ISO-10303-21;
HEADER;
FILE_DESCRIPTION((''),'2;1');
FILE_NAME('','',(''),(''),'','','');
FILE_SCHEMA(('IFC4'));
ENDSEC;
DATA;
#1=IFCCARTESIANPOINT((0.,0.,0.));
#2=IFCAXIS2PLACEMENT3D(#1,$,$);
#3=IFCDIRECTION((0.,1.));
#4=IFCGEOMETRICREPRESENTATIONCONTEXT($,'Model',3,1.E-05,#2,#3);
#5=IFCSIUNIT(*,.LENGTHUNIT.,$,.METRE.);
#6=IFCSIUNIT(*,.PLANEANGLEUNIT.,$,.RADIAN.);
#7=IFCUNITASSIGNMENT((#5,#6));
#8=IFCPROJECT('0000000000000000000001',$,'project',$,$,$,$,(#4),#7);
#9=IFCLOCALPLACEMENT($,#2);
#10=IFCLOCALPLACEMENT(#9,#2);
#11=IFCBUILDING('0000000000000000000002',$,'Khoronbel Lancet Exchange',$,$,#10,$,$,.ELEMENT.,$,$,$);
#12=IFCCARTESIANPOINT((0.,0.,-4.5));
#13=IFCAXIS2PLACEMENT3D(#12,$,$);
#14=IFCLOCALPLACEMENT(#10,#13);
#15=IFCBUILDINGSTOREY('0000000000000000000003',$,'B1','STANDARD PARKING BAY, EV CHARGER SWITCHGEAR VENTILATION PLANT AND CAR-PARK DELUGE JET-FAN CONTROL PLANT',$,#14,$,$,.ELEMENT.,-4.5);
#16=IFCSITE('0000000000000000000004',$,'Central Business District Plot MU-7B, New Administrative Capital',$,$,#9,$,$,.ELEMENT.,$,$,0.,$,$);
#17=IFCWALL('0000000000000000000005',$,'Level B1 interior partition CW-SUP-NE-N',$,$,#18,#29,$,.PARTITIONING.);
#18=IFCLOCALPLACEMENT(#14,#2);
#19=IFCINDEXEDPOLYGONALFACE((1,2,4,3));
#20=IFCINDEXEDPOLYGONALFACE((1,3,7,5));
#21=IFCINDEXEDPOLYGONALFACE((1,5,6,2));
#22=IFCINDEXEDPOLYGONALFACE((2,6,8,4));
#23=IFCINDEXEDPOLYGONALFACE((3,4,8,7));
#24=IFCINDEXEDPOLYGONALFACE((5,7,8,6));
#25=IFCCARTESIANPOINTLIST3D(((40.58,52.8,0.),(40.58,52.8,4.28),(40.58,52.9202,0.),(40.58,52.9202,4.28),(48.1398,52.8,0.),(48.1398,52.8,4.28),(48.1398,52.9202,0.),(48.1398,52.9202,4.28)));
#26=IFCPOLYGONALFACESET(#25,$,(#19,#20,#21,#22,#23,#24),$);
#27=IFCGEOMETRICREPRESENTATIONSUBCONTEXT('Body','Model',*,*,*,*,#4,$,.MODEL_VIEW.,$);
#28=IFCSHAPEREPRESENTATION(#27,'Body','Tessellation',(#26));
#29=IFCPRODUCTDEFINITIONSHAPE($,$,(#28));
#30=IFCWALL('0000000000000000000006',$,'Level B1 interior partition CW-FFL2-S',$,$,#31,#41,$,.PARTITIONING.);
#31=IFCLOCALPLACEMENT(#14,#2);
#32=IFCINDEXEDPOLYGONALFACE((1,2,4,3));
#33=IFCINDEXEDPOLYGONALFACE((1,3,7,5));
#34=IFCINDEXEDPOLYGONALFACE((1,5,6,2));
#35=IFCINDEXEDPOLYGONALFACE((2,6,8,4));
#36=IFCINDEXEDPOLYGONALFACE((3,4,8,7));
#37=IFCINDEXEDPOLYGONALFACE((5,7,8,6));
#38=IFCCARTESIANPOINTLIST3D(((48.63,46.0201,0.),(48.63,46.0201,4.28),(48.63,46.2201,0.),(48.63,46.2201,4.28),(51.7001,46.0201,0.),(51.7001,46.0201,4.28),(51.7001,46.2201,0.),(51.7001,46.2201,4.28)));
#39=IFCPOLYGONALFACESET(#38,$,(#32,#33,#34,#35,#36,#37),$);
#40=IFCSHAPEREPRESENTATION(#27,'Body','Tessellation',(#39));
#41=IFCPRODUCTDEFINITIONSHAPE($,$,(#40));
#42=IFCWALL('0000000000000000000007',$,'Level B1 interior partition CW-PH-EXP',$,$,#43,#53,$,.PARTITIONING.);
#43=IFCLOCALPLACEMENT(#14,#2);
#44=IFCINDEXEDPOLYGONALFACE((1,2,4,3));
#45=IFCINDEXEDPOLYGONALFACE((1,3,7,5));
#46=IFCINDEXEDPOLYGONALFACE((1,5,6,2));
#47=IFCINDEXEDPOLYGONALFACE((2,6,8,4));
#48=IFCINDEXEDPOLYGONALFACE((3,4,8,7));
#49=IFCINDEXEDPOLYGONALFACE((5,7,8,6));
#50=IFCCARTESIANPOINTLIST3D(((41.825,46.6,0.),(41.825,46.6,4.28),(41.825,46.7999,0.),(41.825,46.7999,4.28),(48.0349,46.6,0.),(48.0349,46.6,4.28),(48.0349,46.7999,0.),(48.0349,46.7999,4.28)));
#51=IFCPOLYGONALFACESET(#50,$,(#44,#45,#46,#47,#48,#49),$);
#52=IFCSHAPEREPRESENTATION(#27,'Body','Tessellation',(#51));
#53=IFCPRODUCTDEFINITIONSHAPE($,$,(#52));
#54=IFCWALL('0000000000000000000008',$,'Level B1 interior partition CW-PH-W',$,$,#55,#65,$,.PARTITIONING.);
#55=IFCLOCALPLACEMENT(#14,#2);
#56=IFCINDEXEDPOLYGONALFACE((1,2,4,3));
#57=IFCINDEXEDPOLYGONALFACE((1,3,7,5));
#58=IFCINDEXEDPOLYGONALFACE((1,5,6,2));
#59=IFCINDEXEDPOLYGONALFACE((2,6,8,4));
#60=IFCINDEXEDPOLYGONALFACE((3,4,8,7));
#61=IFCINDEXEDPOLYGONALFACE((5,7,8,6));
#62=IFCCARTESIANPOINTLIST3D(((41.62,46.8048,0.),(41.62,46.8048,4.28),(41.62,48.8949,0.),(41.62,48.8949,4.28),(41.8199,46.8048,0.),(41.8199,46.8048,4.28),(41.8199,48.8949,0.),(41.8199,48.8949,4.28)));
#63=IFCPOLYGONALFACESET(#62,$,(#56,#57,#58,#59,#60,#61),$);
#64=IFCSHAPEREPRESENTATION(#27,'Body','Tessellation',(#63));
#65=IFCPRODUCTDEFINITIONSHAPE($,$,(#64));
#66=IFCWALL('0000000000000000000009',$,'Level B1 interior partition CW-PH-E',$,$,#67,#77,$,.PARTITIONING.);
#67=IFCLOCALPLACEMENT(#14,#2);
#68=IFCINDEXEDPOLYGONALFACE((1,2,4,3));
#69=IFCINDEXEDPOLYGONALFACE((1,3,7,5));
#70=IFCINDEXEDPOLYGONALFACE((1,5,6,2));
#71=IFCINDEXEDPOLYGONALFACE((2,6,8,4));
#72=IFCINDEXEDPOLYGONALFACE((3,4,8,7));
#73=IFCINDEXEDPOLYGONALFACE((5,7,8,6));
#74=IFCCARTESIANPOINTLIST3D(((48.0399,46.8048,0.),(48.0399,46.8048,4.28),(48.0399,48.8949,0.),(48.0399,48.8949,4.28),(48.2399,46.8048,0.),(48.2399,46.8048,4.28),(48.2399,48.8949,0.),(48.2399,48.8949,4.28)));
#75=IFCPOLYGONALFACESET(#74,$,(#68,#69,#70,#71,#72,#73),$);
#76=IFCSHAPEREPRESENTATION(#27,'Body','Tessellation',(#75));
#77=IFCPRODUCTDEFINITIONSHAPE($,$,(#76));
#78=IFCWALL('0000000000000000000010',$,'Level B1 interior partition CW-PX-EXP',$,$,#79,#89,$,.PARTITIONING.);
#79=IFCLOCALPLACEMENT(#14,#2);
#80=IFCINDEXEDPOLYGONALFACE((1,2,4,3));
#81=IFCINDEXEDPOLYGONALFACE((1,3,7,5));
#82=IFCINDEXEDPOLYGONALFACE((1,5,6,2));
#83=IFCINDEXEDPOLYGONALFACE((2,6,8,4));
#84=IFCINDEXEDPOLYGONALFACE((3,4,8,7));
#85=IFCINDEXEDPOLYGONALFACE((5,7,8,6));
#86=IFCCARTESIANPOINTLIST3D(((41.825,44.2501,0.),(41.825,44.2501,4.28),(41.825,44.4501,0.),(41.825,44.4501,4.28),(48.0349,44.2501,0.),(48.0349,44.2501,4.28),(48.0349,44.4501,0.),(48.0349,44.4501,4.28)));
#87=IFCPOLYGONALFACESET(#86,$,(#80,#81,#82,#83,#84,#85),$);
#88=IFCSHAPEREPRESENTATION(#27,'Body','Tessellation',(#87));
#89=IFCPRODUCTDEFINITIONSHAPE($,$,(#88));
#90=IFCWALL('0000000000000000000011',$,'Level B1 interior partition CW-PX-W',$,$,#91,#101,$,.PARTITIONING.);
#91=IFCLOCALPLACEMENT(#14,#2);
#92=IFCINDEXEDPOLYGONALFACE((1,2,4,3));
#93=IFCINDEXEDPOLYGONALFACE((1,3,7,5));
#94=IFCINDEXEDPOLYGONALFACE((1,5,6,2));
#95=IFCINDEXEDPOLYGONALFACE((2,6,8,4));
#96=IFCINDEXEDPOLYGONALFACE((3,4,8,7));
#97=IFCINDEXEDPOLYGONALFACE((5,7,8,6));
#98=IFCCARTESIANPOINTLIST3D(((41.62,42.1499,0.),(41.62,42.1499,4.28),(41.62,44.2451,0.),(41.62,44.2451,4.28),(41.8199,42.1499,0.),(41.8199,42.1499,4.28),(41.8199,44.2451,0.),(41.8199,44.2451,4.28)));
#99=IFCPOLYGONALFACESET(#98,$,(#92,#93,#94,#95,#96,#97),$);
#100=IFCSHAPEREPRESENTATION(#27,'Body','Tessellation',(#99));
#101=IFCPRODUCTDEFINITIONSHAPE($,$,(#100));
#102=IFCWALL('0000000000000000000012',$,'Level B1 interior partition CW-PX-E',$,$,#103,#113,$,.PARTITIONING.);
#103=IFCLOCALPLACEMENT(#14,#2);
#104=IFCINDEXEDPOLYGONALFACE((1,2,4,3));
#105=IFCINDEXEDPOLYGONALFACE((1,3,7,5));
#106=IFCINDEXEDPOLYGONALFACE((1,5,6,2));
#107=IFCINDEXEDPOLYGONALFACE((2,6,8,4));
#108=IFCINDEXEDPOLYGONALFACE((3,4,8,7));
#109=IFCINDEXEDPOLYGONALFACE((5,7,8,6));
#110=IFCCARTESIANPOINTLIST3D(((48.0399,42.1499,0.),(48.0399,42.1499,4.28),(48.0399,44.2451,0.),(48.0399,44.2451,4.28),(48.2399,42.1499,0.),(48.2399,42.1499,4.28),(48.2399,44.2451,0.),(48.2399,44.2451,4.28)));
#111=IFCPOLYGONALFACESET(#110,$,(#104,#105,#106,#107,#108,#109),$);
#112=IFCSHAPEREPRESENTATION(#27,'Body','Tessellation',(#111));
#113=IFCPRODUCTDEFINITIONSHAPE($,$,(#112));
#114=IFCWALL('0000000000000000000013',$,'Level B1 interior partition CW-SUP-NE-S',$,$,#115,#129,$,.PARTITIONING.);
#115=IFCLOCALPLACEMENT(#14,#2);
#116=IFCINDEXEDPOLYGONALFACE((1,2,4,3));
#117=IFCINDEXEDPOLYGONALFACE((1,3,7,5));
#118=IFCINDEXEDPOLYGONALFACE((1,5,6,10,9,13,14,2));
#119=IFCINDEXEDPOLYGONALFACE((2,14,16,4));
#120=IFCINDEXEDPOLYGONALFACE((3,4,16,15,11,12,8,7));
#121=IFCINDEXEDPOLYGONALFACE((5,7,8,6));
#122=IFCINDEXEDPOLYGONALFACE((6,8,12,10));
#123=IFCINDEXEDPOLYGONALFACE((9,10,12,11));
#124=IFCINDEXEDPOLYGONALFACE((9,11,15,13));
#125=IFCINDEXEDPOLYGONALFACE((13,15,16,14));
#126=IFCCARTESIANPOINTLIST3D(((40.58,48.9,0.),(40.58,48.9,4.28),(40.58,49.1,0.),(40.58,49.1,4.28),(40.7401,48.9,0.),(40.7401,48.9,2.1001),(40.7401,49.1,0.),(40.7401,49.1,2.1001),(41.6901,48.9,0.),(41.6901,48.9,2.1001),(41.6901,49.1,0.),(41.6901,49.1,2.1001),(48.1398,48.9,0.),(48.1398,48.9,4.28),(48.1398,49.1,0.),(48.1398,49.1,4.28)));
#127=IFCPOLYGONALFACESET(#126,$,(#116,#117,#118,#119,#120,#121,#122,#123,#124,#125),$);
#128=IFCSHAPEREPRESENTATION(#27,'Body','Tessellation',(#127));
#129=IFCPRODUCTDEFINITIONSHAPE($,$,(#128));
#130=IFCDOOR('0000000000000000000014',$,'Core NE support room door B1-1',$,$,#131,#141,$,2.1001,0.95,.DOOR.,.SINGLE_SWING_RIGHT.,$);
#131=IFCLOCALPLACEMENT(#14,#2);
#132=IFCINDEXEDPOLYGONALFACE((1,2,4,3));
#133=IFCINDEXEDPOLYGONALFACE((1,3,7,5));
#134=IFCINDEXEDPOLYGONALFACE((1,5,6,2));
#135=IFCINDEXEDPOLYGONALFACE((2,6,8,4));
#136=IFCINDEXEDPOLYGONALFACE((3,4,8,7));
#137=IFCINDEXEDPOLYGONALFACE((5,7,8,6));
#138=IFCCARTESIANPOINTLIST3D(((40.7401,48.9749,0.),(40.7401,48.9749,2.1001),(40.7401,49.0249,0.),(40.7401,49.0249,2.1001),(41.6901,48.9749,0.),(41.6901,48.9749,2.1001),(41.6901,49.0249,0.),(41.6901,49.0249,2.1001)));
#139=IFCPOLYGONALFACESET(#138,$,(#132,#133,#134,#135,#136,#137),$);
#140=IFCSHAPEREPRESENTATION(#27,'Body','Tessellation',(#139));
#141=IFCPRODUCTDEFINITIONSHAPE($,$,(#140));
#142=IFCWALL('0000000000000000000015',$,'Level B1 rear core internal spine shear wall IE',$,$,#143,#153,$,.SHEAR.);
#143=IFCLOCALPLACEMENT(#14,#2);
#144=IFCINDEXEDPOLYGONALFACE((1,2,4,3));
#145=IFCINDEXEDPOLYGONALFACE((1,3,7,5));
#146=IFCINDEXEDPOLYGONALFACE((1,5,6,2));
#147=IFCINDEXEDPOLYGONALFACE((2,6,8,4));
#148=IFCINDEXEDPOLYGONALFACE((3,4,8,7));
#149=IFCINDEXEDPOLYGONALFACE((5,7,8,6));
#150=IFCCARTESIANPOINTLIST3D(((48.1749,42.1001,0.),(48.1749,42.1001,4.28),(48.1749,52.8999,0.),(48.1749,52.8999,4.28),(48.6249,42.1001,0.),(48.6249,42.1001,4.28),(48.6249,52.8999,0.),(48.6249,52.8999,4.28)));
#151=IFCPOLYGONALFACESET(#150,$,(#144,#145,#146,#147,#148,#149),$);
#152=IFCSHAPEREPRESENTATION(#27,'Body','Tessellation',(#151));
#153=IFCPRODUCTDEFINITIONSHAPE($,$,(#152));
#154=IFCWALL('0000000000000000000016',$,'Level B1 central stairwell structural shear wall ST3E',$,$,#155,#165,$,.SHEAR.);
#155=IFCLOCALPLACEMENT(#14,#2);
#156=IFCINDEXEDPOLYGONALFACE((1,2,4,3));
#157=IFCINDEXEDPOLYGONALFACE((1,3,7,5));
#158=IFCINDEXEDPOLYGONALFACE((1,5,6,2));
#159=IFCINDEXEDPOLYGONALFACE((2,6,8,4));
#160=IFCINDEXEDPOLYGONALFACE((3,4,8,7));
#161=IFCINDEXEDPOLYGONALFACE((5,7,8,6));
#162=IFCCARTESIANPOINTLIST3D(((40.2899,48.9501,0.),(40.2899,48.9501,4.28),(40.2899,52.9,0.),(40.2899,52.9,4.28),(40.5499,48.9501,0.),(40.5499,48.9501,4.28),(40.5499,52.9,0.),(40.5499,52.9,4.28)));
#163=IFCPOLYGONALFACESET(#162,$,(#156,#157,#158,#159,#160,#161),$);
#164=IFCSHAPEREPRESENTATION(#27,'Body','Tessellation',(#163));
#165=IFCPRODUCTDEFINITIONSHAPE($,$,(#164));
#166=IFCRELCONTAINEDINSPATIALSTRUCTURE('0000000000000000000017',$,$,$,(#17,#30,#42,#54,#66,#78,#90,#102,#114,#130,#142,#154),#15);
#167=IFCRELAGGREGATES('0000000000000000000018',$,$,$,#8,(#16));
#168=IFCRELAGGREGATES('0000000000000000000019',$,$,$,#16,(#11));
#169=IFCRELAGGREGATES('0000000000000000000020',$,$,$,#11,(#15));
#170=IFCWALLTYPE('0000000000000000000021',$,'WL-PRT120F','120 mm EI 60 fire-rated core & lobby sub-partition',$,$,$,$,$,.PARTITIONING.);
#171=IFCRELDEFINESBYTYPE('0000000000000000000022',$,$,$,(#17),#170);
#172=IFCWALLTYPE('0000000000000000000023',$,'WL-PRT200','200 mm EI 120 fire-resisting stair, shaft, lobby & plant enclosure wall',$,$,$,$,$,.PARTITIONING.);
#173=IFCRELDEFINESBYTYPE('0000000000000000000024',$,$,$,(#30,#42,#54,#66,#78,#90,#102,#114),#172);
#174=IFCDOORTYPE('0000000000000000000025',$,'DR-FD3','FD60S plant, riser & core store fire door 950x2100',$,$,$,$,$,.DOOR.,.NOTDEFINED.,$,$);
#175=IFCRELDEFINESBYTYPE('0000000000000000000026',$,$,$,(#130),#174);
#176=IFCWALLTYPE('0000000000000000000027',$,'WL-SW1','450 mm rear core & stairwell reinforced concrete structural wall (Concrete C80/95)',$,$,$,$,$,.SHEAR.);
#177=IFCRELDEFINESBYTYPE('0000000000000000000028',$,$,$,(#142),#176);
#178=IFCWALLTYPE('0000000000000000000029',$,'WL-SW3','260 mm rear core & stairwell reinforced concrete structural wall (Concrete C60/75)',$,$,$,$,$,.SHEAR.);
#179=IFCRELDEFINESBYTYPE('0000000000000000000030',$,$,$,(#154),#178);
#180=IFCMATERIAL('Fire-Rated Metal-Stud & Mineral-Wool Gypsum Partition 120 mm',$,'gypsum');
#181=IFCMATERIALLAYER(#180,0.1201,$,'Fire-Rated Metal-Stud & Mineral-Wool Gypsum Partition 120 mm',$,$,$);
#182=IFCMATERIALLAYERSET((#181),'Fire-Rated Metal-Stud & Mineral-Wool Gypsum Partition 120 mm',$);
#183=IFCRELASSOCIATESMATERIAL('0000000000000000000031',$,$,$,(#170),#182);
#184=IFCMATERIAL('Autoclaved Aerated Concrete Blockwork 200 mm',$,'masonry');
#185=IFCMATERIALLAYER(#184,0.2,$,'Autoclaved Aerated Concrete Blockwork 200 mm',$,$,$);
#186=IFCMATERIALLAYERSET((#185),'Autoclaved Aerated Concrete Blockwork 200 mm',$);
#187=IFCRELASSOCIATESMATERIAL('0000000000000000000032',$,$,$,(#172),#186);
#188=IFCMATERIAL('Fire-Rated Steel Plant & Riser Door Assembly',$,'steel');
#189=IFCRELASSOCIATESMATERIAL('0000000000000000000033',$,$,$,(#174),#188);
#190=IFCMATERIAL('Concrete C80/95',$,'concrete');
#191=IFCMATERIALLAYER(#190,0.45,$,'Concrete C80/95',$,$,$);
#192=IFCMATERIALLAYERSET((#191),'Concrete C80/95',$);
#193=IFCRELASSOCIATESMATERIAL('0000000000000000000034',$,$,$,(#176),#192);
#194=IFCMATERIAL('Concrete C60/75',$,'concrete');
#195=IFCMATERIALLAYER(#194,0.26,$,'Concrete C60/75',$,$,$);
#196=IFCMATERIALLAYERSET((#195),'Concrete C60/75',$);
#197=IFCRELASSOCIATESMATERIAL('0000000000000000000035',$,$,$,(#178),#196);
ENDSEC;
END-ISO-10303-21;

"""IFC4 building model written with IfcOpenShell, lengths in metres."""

from ifc_helpers import new_model, si_unit, direction, frame, frame_2d, origin, place, context, subcontext, project, spatial, rectangle, extrude, material, layer, layer_set, type_object, element, fill, save


model = new_model("IFC4")

# Units and contexts
model_context = context("Model", 3, precision=1e-05, world=origin(), true_north=direction((0.0, 1.0)))
body_context = subcontext(model_context, "Body", "Model", "MODEL_VIEW")
ifc_project = project(units=[si_unit("LENGTHUNIT", "METRE"), si_unit("PLANEANGLEUNIT", "RADIAN")], contexts=[model_context])

# Site, building, storey
site_placement = place(None, origin())
site = spatial("IfcSite", under=ifc_project, at=site_placement, Name="Central Business District Plot MU-7B, New Administrative Capital", CompositionType="ELEMENT", RefElevation=0.0)
building_placement = place(site_placement, origin())
building = spatial("IfcBuilding", under=site, at=building_placement, Name="Khoronbel Lancet Exchange", CompositionType="ELEMENT")
storey_placement = place(building_placement, frame((0.0, 0.0, -4.5)))
storey = spatial("IfcBuildingStorey", under=building, at=storey_placement, Name="B1", Description="STANDARD PARKING BAY, EV CHARGER SWITCHGEAR VENTILATION PLANT AND CAR-PARK DELUGE JET-FAN CONTROL PLANT", CompositionType="ELEMENT", Elevation=-4.5)

# Walls
ifc_material_1 = material(Name="Fire-Rated Metal-Stud & Mineral-Wool Gypsum Partition 120 mm", Category="gypsum")
ifc_layer_1 = layer(ifc_material_1, 0.1201, Name="Fire-Rated Metal-Stud & Mineral-Wool Gypsum Partition 120 mm")
ifc_layer_set_1 = layer_set([ifc_layer_1], Name="Fire-Rated Metal-Stud & Mineral-Wool Gypsum Partition 120 mm")
wall_type_1 = type_object("IfcWallType", Name="WL-PRT120F", Description="120 mm EI 60 fire-rated core & lobby sub-partition", PredefinedType="PARTITIONING", material=ifc_layer_set_1)
wall_1_placement = place(storey_placement, frame((40.5801, 52.8601, 0.0), z_axis=(0.0, 0.0, 1.0), x_axis=(1.0, 0.0, 0.0)))
element("IfcWall", 1, at=wall_1_placement, inside=storey, type_object=wall_type_1, Name="Level B1 interior partition CW-SUP-NE-N", PredefinedType="PARTITIONING", context=body_context, shape_type="SweptSolid", body=[
    extrude(rectangle(XDim=7.5598, YDim=0.1201, at=frame_2d((3.7798, 0.0))), origin(), (0.0, 0.0, 1.0), 4.28),
])
ifc_material_2 = material(Name="Autoclaved Aerated Concrete Blockwork 200 mm", Category="masonry")
ifc_layer_2 = layer(ifc_material_2, 0.2, Name="Autoclaved Aerated Concrete Blockwork 200 mm")
ifc_layer_set_2 = layer_set([ifc_layer_2], Name="Autoclaved Aerated Concrete Blockwork 200 mm")
wall_type_2 = type_object("IfcWallType", Name="WL-PRT200", Description="200 mm EI 120 fire-resisting stair, shaft, lobby & plant enclosure wall", PredefinedType="PARTITIONING", material=ifc_layer_set_2)
wall_2_placement = place(storey_placement, frame((48.6299, 46.1201, 0.0), z_axis=(0.0, 0.0, 1.0), x_axis=(1.0, 0.0, 0.0)))
element("IfcWall", 2, at=wall_2_placement, inside=storey, type_object=wall_type_2, Name="Level B1 interior partition CW-FFL2-S", PredefinedType="PARTITIONING", context=body_context, shape_type="SweptSolid", body=[
    extrude(rectangle(XDim=3.0701, YDim=0.2, at=frame_2d((1.5352, 0.0))), origin(), (0.0, 0.0, 1.0), 4.28),
])
wall_3_placement = place(storey_placement, frame((41.825, 46.7, 0.0), z_axis=(0.0, 0.0, 1.0), x_axis=(1.0, 0.0, 0.0)))
element("IfcWall", 3, at=wall_3_placement, inside=storey, type_object=wall_type_2, Name="Level B1 interior partition CW-PH-EXP", PredefinedType="PARTITIONING", context=body_context, shape_type="SweptSolid", body=[
    extrude(rectangle(XDim=6.21, YDim=0.2, at=frame_2d((3.105, 0.0))), origin(), (0.0, 0.0, 1.0), 4.28),
])
for number, where, z_axis, x_axis, name in (
    (4, (41.72, 46.8049, 0.0), (0.0, 0.0, 1.0), (0.0, 1.0, 0.0), "Level B1 interior partition CW-PH-W"),
    (5, (48.1399, 46.8049, 0.0), (0.0, 0.0, 1.0), (0.0, 1.0, 0.0), "Level B1 interior partition CW-PH-E"),
):
    element("IfcWall", number, at=place(storey_placement, frame(where, z_axis=z_axis, x_axis=x_axis)), inside=storey, type_object=wall_type_2, Name=name, PredefinedType="PARTITIONING", context=body_context, shape_type="SweptSolid", body=[
        extrude(rectangle(XDim=2.0901, YDim=0.2, at=frame_2d((1.0449, 0.0))), origin(), (0.0, 0.0, 1.0), 4.28),
    ])
wall_4_placement = place(storey_placement, frame((41.825, 44.3501, 0.0), z_axis=(0.0, 0.0, 1.0), x_axis=(1.0, 0.0, 0.0)))
element("IfcWall", 6, at=wall_4_placement, inside=storey, type_object=wall_type_2, Name="Level B1 interior partition CW-PX-EXP", PredefinedType="PARTITIONING", context=body_context, shape_type="SweptSolid", body=[
    extrude(rectangle(XDim=6.21, YDim=0.2, at=frame_2d((3.105, 0.0))), origin(), (0.0, 0.0, 1.0), 4.28),
])
for number, where, z_axis, x_axis, name in (
    (7, (41.72, 42.1499, 0.0), (0.0, 0.0, 1.0), (0.0, 1.0, 0.0), "Level B1 interior partition CW-PX-W"),
    (8, (48.1399, 42.1499, 0.0), (0.0, 0.0, 1.0), (0.0, 1.0, 0.0), "Level B1 interior partition CW-PX-E"),
):
    element("IfcWall", number, at=place(storey_placement, frame(where, z_axis=z_axis, x_axis=x_axis)), inside=storey, type_object=wall_type_2, Name=name, PredefinedType="PARTITIONING", context=body_context, shape_type="SweptSolid", body=[
        extrude(rectangle(XDim=2.0952, YDim=0.2, at=frame_2d((1.0476, 0.0))), origin(), (0.0, 0.0, 1.0), 4.28),
    ])

# Wall, opening, door
wall_5_placement = place(storey_placement, frame((40.5801, 49.0, 0.0), z_axis=(0.0, 0.0, 1.0), x_axis=(1.0, 0.0, 0.0)))
wall_5 = element("IfcWall", 9, at=wall_5_placement, inside=storey, type_object=wall_type_2, Name="Level B1 interior partition CW-SUP-NE-S", PredefinedType="PARTITIONING", context=body_context, shape_type="SweptSolid", body=[
    extrude(rectangle(XDim=7.5598, YDim=0.2, at=frame_2d((3.7798, 0.0))), origin(), (0.0, 0.0, 1.0), 4.28),
])
opening_1_placement = place(wall_5_placement, frame((0.1599, 0.0, 0.0)))
opening_1 = element("IfcOpeningElement", 10, at=opening_1_placement, cuts=wall_5, PredefinedType="OPENING", context=body_context, shape_type="SweptSolid", body=[
    extrude(rectangle(XDim=0.95, YDim=2.1001, at=frame_2d((0.4751, 1.05))), frame((0.0, 0.1099, 0.0), z_axis=(0.0, -1.0, 0.0), x_axis=(1.0, 0.0, 0.0)), (0.0, 0.0, 1.0), 0.22),
])
ifc_material_3 = material(Name="Fire-Rated Steel Plant & Riser Door Assembly", Category="steel")
door_type_1 = type_object("IfcDoorType", Name="DR-FD3", Description="FD60S plant, riser & core store fire door 950x2100", OperationType="NOTDEFINED", PredefinedType="DOOR", material=ifc_material_3)
door_1_placement = place(opening_1_placement, origin())
door_1 = element("IfcDoor", 11, at=door_1_placement, inside=storey, type_object=door_type_1, Name="Core NE support room door B1-1", OperationType="SINGLE_SWING_RIGHT", OverallHeight=2.1001, OverallWidth=0.95, PredefinedType="DOOR", context=body_context, shape_type="SweptSolid", body=[
    extrude(rectangle(XDim=0.95, YDim=2.1001, at=frame_2d((0.4751, 1.05))), frame((0.0, 0.0249, 0.0), z_axis=(0.0, -1.0, 0.0), x_axis=(1.0, 0.0, 0.0)), (0.0, 0.0, 1.0), 0.05),
])
fill(opening_1, door_1)

# Walls
ifc_material_4 = material(Name="Concrete C80/95", Category="concrete")
ifc_layer_3 = layer(ifc_material_4, 0.45, Name="Concrete C80/95")
ifc_layer_set_3 = layer_set([ifc_layer_3], Name="Concrete C80/95")
wall_type_3 = type_object("IfcWallType", Name="WL-SW1", Description="450 mm rear core & stairwell reinforced concrete structural wall (Concrete C80/95)", PredefinedType="SHEAR", material=ifc_layer_set_3)
wall_6_placement = place(storey_placement, frame((48.3999, 42.1001, 0.0), z_axis=(0.0, 0.0, 1.0), x_axis=(0.0, 1.0, 0.0)))
element("IfcWall", 12, at=wall_6_placement, inside=storey, type_object=wall_type_3, Name="Level B1 rear core internal spine shear wall IE", PredefinedType="SHEAR", context=body_context, shape_type="SweptSolid", body=[
    extrude(rectangle(XDim=10.7998, YDim=0.45, at=frame_2d((5.3999, 0.0))), origin(), (0.0, 0.0, 1.0), 4.28),
])
ifc_material_5 = material(Name="Concrete C60/75", Category="concrete")
ifc_layer_4 = layer(ifc_material_5, 0.26, Name="Concrete C60/75")
ifc_layer_set_4 = layer_set([ifc_layer_4], Name="Concrete C60/75")
wall_type_4 = type_object("IfcWallType", Name="WL-SW3", Description="260 mm rear core & stairwell reinforced concrete structural wall (Concrete C60/75)", PredefinedType="SHEAR", material=ifc_layer_set_4)
wall_7_placement = place(storey_placement, frame((40.4199, 48.95, 0.0), z_axis=(0.0, 0.0, 1.0), x_axis=(0.0, 1.0, 0.0)))
element("IfcWall", 13, at=wall_7_placement, inside=storey, type_object=wall_type_4, Name="Level B1 central stairwell structural shear wall ST3E", PredefinedType="SHEAR", context=body_context, shape_type="SweptSolid", body=[
    extrude(rectangle(XDim=3.95, YDim=0.26, at=frame_2d((1.9751, 0.0))), origin(), (0.0, 0.0, 1.0), 4.28),
])

save(model, "model.ifc")
